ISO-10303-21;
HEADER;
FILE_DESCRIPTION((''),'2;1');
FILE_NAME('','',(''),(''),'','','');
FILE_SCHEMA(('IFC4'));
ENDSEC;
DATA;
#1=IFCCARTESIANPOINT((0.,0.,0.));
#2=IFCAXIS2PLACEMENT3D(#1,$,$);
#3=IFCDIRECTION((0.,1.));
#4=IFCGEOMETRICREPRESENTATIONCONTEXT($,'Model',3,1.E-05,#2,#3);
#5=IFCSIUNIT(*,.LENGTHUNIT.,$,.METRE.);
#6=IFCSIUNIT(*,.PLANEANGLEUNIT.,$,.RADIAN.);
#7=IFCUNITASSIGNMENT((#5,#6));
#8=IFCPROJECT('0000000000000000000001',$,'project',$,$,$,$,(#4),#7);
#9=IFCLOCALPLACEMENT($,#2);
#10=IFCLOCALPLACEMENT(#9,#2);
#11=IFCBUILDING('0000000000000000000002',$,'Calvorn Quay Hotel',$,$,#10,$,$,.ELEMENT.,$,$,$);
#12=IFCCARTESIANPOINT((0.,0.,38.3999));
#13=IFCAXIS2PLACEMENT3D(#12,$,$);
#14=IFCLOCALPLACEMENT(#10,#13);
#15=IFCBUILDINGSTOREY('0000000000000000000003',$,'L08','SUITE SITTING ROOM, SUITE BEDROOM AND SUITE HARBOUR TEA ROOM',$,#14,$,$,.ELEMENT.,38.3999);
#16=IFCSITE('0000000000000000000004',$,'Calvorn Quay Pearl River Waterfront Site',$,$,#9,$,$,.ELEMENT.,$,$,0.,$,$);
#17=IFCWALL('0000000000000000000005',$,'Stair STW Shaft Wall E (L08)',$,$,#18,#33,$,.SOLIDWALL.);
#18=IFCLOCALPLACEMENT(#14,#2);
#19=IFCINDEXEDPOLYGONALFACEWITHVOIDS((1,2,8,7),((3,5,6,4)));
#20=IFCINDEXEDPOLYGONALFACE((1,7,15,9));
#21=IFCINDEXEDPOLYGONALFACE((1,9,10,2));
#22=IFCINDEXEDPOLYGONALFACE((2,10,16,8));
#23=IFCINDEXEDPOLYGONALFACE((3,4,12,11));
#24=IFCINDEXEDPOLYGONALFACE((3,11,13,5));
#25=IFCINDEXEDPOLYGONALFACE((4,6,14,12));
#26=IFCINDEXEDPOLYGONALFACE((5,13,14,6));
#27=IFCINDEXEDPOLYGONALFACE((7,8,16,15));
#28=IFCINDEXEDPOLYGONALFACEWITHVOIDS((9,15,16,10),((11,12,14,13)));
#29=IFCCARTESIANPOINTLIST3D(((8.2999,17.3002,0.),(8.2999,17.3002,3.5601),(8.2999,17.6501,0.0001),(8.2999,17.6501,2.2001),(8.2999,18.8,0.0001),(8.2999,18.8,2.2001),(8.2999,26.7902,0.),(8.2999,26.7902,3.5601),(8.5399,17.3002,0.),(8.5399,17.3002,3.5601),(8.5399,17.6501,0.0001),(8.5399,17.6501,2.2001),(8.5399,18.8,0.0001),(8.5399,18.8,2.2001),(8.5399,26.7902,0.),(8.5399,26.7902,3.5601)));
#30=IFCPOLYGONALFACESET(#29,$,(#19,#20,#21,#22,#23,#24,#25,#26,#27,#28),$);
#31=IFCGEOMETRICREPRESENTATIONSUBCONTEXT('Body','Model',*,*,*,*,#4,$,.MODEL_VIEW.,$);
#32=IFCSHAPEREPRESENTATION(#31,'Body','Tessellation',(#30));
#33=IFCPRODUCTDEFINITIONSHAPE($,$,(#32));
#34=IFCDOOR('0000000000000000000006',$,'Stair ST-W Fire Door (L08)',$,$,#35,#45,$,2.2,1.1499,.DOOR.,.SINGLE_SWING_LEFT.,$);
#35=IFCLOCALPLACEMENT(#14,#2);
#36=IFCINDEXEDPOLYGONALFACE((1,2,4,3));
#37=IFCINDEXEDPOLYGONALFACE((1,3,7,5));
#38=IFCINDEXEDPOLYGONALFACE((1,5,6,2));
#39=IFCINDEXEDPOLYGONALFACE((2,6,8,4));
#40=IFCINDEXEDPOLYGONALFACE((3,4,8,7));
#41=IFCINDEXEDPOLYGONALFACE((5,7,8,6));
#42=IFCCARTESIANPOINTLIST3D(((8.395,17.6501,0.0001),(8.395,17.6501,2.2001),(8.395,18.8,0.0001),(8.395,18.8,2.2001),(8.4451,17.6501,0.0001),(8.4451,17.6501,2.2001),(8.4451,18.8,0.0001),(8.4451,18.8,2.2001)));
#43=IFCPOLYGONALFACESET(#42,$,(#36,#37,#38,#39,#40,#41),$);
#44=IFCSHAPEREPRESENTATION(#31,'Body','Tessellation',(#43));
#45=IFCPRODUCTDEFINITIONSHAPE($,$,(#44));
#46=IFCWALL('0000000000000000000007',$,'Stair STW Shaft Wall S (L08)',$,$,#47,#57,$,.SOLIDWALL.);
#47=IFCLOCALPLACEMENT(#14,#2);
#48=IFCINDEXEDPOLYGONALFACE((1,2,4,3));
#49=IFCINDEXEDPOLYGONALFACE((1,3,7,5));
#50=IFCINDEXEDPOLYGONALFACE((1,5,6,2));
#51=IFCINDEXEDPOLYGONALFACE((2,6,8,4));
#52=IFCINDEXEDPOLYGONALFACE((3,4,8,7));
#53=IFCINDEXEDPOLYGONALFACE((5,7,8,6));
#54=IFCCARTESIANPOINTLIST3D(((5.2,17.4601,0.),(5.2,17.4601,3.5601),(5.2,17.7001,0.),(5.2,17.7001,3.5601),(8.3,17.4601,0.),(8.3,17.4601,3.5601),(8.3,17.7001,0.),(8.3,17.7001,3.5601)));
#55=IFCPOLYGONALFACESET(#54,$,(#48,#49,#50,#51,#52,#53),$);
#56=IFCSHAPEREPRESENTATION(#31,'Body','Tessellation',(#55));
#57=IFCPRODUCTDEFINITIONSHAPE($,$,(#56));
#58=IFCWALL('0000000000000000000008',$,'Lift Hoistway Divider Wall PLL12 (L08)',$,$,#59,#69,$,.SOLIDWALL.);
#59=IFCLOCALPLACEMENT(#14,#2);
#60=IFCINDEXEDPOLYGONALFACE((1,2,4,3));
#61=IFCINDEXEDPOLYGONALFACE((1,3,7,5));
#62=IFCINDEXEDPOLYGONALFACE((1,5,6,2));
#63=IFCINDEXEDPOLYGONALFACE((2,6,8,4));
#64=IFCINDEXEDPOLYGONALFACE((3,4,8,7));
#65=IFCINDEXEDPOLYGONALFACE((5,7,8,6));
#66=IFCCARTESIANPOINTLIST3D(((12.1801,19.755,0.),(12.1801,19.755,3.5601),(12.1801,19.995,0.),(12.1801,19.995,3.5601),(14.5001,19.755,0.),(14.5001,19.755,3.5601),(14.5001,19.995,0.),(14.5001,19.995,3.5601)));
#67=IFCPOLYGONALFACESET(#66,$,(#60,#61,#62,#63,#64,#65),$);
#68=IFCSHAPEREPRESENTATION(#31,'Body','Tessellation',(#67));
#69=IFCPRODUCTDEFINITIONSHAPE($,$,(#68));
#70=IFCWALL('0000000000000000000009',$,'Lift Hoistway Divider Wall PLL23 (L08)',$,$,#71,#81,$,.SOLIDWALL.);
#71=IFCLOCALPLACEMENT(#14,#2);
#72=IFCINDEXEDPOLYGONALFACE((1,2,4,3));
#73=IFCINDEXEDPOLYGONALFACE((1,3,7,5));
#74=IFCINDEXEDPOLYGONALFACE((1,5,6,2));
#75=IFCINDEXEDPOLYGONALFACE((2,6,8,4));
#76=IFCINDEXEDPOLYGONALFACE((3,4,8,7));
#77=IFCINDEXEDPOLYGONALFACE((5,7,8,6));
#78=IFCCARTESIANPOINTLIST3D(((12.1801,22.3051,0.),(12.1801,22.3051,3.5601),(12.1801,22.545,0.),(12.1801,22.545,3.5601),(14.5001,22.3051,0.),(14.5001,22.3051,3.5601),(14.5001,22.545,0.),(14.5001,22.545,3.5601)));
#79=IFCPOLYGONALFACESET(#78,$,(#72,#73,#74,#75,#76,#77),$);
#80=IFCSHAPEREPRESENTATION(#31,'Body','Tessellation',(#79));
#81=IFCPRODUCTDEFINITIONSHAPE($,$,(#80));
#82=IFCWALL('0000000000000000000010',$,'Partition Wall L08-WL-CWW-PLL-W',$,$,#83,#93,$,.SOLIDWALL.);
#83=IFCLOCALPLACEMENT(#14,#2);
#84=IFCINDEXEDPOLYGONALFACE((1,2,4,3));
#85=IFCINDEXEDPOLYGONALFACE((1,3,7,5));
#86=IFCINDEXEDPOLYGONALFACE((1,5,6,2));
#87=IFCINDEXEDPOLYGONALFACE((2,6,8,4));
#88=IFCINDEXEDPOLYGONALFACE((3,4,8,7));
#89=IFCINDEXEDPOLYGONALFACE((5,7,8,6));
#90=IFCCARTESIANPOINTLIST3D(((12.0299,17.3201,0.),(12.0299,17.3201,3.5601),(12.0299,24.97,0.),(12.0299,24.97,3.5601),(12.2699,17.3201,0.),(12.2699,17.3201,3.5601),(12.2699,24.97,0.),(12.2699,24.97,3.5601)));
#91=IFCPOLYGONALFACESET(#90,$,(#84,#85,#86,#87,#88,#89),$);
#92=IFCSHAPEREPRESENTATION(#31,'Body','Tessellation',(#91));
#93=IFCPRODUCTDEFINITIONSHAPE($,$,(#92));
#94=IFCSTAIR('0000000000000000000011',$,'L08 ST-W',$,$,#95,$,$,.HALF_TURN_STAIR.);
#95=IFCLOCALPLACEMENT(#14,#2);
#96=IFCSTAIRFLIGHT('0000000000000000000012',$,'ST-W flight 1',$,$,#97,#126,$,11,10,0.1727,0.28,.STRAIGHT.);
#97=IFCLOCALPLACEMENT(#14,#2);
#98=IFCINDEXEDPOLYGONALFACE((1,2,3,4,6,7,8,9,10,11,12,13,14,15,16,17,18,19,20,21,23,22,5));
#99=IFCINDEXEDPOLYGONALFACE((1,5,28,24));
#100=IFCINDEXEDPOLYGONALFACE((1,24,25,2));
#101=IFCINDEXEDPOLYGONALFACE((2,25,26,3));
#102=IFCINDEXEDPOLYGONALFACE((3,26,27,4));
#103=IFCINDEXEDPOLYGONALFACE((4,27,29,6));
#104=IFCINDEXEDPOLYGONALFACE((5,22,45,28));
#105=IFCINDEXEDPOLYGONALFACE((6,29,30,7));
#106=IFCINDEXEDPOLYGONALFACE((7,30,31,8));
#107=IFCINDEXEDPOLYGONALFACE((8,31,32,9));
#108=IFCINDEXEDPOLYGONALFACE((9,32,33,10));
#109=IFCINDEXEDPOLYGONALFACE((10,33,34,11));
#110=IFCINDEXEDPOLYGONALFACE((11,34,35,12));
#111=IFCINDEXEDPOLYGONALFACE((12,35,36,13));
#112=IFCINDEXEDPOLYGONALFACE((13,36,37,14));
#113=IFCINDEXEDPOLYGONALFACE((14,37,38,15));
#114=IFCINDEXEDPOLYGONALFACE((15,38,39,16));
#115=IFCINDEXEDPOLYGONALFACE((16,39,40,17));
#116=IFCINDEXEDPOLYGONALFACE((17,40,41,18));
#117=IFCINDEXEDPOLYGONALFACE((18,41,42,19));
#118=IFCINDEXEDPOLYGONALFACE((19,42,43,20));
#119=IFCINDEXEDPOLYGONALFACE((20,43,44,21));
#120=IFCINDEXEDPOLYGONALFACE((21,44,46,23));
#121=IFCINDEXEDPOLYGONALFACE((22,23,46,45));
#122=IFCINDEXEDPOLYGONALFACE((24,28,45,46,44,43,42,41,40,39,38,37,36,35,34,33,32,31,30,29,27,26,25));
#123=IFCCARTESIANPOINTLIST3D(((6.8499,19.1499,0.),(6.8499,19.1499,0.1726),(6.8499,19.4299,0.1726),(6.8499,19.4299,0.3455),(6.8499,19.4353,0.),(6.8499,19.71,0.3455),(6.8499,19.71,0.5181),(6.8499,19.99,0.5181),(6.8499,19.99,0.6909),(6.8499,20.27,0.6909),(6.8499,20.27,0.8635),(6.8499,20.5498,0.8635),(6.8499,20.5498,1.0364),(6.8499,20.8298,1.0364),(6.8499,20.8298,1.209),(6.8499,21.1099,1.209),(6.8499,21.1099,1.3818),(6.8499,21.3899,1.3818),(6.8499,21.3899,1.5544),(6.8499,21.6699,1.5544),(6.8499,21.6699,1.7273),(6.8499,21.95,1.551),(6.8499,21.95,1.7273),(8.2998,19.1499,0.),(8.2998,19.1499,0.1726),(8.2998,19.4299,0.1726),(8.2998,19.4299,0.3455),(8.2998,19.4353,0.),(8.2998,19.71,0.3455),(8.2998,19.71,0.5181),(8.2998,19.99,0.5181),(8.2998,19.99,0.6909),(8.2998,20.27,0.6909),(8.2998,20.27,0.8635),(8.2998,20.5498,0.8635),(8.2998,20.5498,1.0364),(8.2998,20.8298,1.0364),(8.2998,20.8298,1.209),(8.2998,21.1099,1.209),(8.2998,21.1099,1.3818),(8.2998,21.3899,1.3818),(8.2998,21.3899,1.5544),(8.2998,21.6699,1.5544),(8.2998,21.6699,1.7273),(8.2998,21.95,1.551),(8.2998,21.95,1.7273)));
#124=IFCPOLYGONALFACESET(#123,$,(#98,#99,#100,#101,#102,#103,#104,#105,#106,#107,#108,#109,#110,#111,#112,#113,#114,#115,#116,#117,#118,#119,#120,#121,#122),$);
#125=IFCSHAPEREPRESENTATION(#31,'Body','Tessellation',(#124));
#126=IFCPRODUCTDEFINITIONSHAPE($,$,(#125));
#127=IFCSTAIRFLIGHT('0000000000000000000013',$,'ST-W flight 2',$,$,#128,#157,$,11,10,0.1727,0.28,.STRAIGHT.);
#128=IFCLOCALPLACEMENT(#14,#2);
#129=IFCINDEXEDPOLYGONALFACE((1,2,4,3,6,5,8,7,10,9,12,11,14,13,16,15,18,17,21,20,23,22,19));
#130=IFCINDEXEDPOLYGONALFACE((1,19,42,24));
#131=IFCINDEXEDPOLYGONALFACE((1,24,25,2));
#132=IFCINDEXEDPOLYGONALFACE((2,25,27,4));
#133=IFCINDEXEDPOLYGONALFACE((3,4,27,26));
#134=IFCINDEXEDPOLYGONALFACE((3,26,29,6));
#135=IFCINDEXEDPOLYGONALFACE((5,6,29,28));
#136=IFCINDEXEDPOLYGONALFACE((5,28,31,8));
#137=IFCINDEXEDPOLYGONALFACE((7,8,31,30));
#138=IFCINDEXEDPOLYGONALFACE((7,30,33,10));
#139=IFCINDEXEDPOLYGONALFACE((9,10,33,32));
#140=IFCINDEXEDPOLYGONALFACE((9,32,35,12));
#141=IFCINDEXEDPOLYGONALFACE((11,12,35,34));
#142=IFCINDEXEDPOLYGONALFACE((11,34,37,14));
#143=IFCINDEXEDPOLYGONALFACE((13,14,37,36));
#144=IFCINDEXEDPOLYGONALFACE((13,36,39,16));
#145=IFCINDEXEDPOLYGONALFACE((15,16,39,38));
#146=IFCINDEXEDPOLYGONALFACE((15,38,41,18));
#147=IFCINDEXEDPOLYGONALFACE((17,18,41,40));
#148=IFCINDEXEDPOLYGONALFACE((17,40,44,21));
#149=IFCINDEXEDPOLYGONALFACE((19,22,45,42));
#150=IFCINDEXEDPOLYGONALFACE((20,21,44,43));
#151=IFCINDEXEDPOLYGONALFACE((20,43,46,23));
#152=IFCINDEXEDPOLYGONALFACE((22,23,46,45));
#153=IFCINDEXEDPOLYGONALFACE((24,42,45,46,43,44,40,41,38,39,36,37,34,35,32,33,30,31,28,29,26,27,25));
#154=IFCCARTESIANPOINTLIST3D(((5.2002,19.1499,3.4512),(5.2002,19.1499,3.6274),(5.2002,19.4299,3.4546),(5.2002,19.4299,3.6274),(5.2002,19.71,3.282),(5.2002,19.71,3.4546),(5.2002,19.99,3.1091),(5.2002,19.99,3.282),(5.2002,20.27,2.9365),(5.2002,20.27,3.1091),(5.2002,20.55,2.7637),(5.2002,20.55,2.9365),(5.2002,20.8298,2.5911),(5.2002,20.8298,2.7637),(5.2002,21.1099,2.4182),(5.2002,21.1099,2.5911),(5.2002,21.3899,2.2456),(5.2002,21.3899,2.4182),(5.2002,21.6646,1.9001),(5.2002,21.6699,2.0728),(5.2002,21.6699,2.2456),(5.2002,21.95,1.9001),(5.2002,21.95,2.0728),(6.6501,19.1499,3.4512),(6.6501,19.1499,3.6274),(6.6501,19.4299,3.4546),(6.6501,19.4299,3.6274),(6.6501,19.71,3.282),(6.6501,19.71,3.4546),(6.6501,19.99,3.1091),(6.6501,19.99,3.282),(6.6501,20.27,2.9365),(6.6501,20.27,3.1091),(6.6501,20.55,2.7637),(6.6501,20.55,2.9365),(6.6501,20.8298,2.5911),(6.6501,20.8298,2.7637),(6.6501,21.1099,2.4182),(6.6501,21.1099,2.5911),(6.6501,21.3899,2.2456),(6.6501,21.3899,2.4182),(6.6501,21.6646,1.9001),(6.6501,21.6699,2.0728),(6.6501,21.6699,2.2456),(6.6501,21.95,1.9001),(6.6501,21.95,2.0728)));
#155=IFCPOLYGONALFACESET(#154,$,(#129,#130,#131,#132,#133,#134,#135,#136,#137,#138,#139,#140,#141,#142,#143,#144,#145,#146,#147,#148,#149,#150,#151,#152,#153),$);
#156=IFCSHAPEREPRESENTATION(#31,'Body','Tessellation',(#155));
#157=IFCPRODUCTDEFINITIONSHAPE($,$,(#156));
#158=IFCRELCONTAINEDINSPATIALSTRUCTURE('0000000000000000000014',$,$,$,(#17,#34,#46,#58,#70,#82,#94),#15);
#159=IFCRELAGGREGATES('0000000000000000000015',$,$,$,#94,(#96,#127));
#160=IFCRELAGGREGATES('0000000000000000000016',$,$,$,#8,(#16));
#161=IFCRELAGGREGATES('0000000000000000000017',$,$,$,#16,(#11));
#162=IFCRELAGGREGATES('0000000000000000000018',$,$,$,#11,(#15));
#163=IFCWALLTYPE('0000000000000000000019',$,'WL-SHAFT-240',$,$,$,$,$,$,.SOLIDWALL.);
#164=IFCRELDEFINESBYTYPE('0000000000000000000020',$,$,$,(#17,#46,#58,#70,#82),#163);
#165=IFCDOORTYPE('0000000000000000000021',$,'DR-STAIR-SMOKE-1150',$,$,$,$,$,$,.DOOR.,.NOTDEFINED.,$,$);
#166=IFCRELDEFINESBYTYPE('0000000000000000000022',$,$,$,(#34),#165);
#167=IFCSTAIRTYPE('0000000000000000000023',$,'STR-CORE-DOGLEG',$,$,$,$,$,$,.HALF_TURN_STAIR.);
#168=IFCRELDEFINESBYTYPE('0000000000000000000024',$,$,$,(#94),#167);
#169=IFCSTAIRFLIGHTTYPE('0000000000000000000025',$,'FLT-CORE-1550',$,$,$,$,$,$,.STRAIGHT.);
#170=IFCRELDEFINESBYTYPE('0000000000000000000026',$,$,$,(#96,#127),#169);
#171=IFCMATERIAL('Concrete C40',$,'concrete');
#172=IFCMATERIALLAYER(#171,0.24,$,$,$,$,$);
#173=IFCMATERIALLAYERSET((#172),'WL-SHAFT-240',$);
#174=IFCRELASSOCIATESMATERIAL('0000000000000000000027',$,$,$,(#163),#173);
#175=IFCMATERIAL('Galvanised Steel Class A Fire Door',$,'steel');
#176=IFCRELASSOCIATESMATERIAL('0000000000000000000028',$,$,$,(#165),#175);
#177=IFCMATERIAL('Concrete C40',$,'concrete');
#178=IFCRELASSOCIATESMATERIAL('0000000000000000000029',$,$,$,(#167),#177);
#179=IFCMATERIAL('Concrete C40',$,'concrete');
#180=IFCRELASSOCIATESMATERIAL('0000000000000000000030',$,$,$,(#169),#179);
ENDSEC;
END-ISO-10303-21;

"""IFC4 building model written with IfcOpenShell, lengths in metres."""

from ifc_helpers import new_model, si_unit, direction, frame, frame_2d, origin, place, context, subcontext, project, spatial, polyline, rectangle, outline, extrude, material, layer, layer_set, type_object, element, fill, aggregate, save


model = new_model("IFC4")

# Units and contexts
model_context = context("Model", 3, precision=1e-05, world=origin(), true_north=direction((0.0, 1.0)))
body_context = subcontext(model_context, "Body", "Model", "MODEL_VIEW")
ifc_project = project(units=[si_unit("LENGTHUNIT", "METRE"), si_unit("PLANEANGLEUNIT", "RADIAN")], contexts=[model_context])

# Site, building, storey
site_placement = place(None, origin())
site = spatial("IfcSite", under=ifc_project, at=site_placement, Name="Calvorn Quay Pearl River Waterfront Site", CompositionType="ELEMENT", RefElevation=0.0)
building_placement = place(site_placement, origin())
building = spatial("IfcBuilding", under=site, at=building_placement, Name="Calvorn Quay Hotel", CompositionType="ELEMENT")
storey_placement = place(building_placement, frame((0.0, 0.0, 38.3999)))
storey = spatial("IfcBuildingStorey", under=building, at=storey_placement, Name="L08", Description="SUITE SITTING ROOM, SUITE BEDROOM AND SUITE HARBOUR TEA ROOM", CompositionType="ELEMENT", Elevation=38.3999)

# Shared definitions
ifc_material_1 = material(Name="Concrete C40", Category="concrete")
ifc_layer_1 = layer(ifc_material_1, 0.24)
ifc_layer_set_1 = layer_set([ifc_layer_1], Name="WL-SHAFT-240")
wall_type_1 = type_object("IfcWallType", Name="WL-SHAFT-240", PredefinedType="SOLIDWALL", material=ifc_layer_set_1)

# Wall, opening, door
wall_1_placement = place(storey_placement, frame((8.4199, 17.3, 0.0), z_axis=(0.0, 0.0, 1.0), x_axis=(0.0, 1.0, 0.0)))
wall_1 = element("IfcWall", 1, at=wall_1_placement, inside=storey, type_object=wall_type_1, Name="Stair STW Shaft Wall E (L08)", PredefinedType="SOLIDWALL", context=body_context, shape_type="SweptSolid", body=[
    extrude(rectangle(XDim=9.49, YDim=0.24, at=frame_2d((4.7451, 0.0))), origin(), (0.0, 0.0, 1.0), 3.5601),
])
opening_1_placement = place(wall_1_placement, frame((0.3501, 0.0, 0.0)))
opening_1 = element("IfcOpeningElement", 2, at=opening_1_placement, cuts=wall_1, PredefinedType="OPENING", context=body_context, shape_type="SweptSolid", body=[
    extrude(rectangle(XDim=1.1499, YDim=2.2, at=frame_2d((0.575, 1.1001))), frame((0.0, 0.1299, 0.0), z_axis=(0.0, -1.0, 0.0), x_axis=(1.0, 0.0, 0.0)), (0.0, 0.0, 1.0), 0.26),
])
ifc_material_2 = material(Name="Galvanised Steel Class A Fire Door", Category="steel")
door_type_1 = type_object("IfcDoorType", Name="DR-STAIR-SMOKE-1150", OperationType="NOTDEFINED", PredefinedType="DOOR", material=ifc_material_2)
door_1_placement = place(opening_1_placement, origin())
door_1 = element("IfcDoor", 3, at=door_1_placement, inside=storey, type_object=door_type_1, Name="Stair ST-W Fire Door (L08)", OperationType="SINGLE_SWING_LEFT", OverallHeight=2.2, OverallWidth=1.1499, PredefinedType="DOOR", context=body_context, shape_type="SweptSolid", body=[
    extrude(rectangle(XDim=1.1499, YDim=2.2, at=frame_2d((0.575, 1.1001))), frame((0.0, 0.0249, 0.0), z_axis=(0.0, -1.0, 0.0), x_axis=(1.0, 0.0, 0.0)), (0.0, 0.0, 1.0), 0.05),
])
fill(opening_1, door_1)

# Walls
wall_2_placement = place(storey_placement, frame((5.2, 17.5801, 0.0), z_axis=(0.0, 0.0, 1.0), x_axis=(1.0, 0.0, 0.0)))
element("IfcWall", 4, at=wall_2_placement, inside=storey, type_object=wall_type_1, Name="Stair STW Shaft Wall S (L08)", PredefinedType="SOLIDWALL", context=body_context, shape_type="SweptSolid", body=[
    extrude(rectangle(XDim=3.1001, YDim=0.24, at=frame_2d((1.55, 0.0))), origin(), (0.0, 0.0, 1.0), 3.5601),
])
for number, where, z_axis, x_axis, name in (
    (5, (12.1799, 19.875, 0.0), (0.0, 0.0, 1.0), (1.0, 0.0, 0.0), "Lift Hoistway Divider Wall PLL12 (L08)"),
    (6, (12.1799, 22.425, 0.0), (0.0, 0.0, 1.0), (1.0, 0.0, 0.0), "Lift Hoistway Divider Wall PLL23 (L08)"),
):
    element("IfcWall", number, at=place(storey_placement, frame(where, z_axis=z_axis, x_axis=x_axis)), inside=storey, type_object=wall_type_1, Name=name, PredefinedType="SOLIDWALL", context=body_context, shape_type="SweptSolid", body=[
        extrude(rectangle(XDim=2.3201, YDim=0.24, at=frame_2d((1.1602, 0.0))), origin(), (0.0, 0.0, 1.0), 3.5601),
    ])
wall_3_placement = place(storey_placement, frame((12.1499, 17.3201, 0.0), z_axis=(0.0, 0.0, 1.0), x_axis=(0.0, 1.0, 0.0)))
element("IfcWall", 7, at=wall_3_placement, inside=storey, type_object=wall_type_1, Name="Partition Wall L08-WL-CWW-PLL-W", PredefinedType="SOLIDWALL", context=body_context, shape_type="SweptSolid", body=[
    extrude(rectangle(XDim=7.6499, YDim=0.24, at=frame_2d((3.825, 0.0))), origin(), (0.0, 0.0, 1.0), 3.5601),
])

# Stair, stair flights
ifc_material_3 = material(Name="Concrete C40", Category="concrete")
stair_type = type_object("IfcStairType", Name="STR-CORE-DOGLEG", PredefinedType="HALF_TURN_STAIR", material=ifc_material_3)
stair_placement = place(storey_placement, origin())
stair = element("IfcStair", 8, at=stair_placement, inside=storey, type_object=stair_type, Name="L08 ST-W", PredefinedType="HALF_TURN_STAIR")
ifc_material_4 = material(Name="Concrete C40", Category="concrete")
stair_flight_type = type_object("IfcStairFlightType", Name="FLT-CORE-1550", PredefinedType="STRAIGHT", material=ifc_material_4)
stair_flight_1_placement = place(storey_placement, frame((7.575, 19.1499, 0.0), z_axis=(0.0, 0.0, 1.0), x_axis=(0.0, 1.0, 0.0)))
stair_flight_1 = element("IfcStairFlight", 9, at=stair_flight_1_placement, type_object=stair_flight_type, Name="ST-W flight 1", NumberOfRisers=11, NumberOfTreads=10, PredefinedType="STRAIGHT", RiserHeight=0.1727, TreadLength=0.28, context=body_context, shape_type="SweptSolid", body=[
    extrude(outline(polyline([(0.0, 0.0), (0.0, 0.1726), (0.28, 0.1726), (0.28, 0.3455), (0.5601, 0.3455), (0.5601, 0.5181), (0.8401, 0.5181), (0.8401, 0.6909), (1.1201, 0.6909), (1.1201, 0.8635), (1.3999, 0.8635), (1.3999, 1.0364), (1.6799, 1.0364), (1.6799, 1.209), (1.96, 1.209), (1.96, 1.3818), (2.24, 1.3818), (2.24, 1.5544), (2.52, 1.5544), (2.52, 1.7273), (2.8, 1.7273), (2.8, 1.8999), (2.8, 1.551), (0.2854, 0.0), (0.0, 0.0)])), frame((0.0, 0.7251, 0.0), z_axis=(0.0, -1.0, 0.0), x_axis=(1.0, 0.0, 0.0)), (0.0, 0.0, 1.0), 1.45),
])
stair_flight_2_placement = place(storey_placement, frame((5.925, 21.95, 1.9001), z_axis=(0.0, 0.0, 1.0), x_axis=(0.0, -1.0, 0.0)))
stair_flight_2 = element("IfcStairFlight", 10, at=stair_flight_2_placement, type_object=stair_flight_type, Name="ST-W flight 2", NumberOfRisers=11, NumberOfTreads=10, PredefinedType="STRAIGHT", RiserHeight=0.1727, TreadLength=0.28, context=body_context, shape_type="SweptSolid", body=[
    extrude(outline(polyline([(0.0, 0.0), (0.0, 0.1726), (0.28, 0.1726), (0.28, 0.3455), (0.5601, 0.3455), (0.5601, 0.5181), (0.8401, 0.5181), (0.8401, 0.6909), (1.1201, 0.6909), (1.1201, 0.8635), (1.3999, 0.8635), (1.3999, 1.0364), (1.6799, 1.0364), (1.6799, 1.209), (1.96, 1.209), (1.96, 1.3818), (2.24, 1.3818), (2.24, 1.5544), (2.52, 1.5544), (2.52, 1.7273), (2.8, 1.7273), (2.8, 1.8999), (2.8, 1.551), (0.2854, 0.0), (0.0, 0.0)])), frame((0.0, 0.7251, 0.0), z_axis=(0.0, -1.0, 0.0), x_axis=(1.0, 0.0, 0.0)), (0.0, 0.0, 1.0), 1.45),
])
aggregate(stair, [stair_flight_1, stair_flight_2])

save(model, "model.ifc")
